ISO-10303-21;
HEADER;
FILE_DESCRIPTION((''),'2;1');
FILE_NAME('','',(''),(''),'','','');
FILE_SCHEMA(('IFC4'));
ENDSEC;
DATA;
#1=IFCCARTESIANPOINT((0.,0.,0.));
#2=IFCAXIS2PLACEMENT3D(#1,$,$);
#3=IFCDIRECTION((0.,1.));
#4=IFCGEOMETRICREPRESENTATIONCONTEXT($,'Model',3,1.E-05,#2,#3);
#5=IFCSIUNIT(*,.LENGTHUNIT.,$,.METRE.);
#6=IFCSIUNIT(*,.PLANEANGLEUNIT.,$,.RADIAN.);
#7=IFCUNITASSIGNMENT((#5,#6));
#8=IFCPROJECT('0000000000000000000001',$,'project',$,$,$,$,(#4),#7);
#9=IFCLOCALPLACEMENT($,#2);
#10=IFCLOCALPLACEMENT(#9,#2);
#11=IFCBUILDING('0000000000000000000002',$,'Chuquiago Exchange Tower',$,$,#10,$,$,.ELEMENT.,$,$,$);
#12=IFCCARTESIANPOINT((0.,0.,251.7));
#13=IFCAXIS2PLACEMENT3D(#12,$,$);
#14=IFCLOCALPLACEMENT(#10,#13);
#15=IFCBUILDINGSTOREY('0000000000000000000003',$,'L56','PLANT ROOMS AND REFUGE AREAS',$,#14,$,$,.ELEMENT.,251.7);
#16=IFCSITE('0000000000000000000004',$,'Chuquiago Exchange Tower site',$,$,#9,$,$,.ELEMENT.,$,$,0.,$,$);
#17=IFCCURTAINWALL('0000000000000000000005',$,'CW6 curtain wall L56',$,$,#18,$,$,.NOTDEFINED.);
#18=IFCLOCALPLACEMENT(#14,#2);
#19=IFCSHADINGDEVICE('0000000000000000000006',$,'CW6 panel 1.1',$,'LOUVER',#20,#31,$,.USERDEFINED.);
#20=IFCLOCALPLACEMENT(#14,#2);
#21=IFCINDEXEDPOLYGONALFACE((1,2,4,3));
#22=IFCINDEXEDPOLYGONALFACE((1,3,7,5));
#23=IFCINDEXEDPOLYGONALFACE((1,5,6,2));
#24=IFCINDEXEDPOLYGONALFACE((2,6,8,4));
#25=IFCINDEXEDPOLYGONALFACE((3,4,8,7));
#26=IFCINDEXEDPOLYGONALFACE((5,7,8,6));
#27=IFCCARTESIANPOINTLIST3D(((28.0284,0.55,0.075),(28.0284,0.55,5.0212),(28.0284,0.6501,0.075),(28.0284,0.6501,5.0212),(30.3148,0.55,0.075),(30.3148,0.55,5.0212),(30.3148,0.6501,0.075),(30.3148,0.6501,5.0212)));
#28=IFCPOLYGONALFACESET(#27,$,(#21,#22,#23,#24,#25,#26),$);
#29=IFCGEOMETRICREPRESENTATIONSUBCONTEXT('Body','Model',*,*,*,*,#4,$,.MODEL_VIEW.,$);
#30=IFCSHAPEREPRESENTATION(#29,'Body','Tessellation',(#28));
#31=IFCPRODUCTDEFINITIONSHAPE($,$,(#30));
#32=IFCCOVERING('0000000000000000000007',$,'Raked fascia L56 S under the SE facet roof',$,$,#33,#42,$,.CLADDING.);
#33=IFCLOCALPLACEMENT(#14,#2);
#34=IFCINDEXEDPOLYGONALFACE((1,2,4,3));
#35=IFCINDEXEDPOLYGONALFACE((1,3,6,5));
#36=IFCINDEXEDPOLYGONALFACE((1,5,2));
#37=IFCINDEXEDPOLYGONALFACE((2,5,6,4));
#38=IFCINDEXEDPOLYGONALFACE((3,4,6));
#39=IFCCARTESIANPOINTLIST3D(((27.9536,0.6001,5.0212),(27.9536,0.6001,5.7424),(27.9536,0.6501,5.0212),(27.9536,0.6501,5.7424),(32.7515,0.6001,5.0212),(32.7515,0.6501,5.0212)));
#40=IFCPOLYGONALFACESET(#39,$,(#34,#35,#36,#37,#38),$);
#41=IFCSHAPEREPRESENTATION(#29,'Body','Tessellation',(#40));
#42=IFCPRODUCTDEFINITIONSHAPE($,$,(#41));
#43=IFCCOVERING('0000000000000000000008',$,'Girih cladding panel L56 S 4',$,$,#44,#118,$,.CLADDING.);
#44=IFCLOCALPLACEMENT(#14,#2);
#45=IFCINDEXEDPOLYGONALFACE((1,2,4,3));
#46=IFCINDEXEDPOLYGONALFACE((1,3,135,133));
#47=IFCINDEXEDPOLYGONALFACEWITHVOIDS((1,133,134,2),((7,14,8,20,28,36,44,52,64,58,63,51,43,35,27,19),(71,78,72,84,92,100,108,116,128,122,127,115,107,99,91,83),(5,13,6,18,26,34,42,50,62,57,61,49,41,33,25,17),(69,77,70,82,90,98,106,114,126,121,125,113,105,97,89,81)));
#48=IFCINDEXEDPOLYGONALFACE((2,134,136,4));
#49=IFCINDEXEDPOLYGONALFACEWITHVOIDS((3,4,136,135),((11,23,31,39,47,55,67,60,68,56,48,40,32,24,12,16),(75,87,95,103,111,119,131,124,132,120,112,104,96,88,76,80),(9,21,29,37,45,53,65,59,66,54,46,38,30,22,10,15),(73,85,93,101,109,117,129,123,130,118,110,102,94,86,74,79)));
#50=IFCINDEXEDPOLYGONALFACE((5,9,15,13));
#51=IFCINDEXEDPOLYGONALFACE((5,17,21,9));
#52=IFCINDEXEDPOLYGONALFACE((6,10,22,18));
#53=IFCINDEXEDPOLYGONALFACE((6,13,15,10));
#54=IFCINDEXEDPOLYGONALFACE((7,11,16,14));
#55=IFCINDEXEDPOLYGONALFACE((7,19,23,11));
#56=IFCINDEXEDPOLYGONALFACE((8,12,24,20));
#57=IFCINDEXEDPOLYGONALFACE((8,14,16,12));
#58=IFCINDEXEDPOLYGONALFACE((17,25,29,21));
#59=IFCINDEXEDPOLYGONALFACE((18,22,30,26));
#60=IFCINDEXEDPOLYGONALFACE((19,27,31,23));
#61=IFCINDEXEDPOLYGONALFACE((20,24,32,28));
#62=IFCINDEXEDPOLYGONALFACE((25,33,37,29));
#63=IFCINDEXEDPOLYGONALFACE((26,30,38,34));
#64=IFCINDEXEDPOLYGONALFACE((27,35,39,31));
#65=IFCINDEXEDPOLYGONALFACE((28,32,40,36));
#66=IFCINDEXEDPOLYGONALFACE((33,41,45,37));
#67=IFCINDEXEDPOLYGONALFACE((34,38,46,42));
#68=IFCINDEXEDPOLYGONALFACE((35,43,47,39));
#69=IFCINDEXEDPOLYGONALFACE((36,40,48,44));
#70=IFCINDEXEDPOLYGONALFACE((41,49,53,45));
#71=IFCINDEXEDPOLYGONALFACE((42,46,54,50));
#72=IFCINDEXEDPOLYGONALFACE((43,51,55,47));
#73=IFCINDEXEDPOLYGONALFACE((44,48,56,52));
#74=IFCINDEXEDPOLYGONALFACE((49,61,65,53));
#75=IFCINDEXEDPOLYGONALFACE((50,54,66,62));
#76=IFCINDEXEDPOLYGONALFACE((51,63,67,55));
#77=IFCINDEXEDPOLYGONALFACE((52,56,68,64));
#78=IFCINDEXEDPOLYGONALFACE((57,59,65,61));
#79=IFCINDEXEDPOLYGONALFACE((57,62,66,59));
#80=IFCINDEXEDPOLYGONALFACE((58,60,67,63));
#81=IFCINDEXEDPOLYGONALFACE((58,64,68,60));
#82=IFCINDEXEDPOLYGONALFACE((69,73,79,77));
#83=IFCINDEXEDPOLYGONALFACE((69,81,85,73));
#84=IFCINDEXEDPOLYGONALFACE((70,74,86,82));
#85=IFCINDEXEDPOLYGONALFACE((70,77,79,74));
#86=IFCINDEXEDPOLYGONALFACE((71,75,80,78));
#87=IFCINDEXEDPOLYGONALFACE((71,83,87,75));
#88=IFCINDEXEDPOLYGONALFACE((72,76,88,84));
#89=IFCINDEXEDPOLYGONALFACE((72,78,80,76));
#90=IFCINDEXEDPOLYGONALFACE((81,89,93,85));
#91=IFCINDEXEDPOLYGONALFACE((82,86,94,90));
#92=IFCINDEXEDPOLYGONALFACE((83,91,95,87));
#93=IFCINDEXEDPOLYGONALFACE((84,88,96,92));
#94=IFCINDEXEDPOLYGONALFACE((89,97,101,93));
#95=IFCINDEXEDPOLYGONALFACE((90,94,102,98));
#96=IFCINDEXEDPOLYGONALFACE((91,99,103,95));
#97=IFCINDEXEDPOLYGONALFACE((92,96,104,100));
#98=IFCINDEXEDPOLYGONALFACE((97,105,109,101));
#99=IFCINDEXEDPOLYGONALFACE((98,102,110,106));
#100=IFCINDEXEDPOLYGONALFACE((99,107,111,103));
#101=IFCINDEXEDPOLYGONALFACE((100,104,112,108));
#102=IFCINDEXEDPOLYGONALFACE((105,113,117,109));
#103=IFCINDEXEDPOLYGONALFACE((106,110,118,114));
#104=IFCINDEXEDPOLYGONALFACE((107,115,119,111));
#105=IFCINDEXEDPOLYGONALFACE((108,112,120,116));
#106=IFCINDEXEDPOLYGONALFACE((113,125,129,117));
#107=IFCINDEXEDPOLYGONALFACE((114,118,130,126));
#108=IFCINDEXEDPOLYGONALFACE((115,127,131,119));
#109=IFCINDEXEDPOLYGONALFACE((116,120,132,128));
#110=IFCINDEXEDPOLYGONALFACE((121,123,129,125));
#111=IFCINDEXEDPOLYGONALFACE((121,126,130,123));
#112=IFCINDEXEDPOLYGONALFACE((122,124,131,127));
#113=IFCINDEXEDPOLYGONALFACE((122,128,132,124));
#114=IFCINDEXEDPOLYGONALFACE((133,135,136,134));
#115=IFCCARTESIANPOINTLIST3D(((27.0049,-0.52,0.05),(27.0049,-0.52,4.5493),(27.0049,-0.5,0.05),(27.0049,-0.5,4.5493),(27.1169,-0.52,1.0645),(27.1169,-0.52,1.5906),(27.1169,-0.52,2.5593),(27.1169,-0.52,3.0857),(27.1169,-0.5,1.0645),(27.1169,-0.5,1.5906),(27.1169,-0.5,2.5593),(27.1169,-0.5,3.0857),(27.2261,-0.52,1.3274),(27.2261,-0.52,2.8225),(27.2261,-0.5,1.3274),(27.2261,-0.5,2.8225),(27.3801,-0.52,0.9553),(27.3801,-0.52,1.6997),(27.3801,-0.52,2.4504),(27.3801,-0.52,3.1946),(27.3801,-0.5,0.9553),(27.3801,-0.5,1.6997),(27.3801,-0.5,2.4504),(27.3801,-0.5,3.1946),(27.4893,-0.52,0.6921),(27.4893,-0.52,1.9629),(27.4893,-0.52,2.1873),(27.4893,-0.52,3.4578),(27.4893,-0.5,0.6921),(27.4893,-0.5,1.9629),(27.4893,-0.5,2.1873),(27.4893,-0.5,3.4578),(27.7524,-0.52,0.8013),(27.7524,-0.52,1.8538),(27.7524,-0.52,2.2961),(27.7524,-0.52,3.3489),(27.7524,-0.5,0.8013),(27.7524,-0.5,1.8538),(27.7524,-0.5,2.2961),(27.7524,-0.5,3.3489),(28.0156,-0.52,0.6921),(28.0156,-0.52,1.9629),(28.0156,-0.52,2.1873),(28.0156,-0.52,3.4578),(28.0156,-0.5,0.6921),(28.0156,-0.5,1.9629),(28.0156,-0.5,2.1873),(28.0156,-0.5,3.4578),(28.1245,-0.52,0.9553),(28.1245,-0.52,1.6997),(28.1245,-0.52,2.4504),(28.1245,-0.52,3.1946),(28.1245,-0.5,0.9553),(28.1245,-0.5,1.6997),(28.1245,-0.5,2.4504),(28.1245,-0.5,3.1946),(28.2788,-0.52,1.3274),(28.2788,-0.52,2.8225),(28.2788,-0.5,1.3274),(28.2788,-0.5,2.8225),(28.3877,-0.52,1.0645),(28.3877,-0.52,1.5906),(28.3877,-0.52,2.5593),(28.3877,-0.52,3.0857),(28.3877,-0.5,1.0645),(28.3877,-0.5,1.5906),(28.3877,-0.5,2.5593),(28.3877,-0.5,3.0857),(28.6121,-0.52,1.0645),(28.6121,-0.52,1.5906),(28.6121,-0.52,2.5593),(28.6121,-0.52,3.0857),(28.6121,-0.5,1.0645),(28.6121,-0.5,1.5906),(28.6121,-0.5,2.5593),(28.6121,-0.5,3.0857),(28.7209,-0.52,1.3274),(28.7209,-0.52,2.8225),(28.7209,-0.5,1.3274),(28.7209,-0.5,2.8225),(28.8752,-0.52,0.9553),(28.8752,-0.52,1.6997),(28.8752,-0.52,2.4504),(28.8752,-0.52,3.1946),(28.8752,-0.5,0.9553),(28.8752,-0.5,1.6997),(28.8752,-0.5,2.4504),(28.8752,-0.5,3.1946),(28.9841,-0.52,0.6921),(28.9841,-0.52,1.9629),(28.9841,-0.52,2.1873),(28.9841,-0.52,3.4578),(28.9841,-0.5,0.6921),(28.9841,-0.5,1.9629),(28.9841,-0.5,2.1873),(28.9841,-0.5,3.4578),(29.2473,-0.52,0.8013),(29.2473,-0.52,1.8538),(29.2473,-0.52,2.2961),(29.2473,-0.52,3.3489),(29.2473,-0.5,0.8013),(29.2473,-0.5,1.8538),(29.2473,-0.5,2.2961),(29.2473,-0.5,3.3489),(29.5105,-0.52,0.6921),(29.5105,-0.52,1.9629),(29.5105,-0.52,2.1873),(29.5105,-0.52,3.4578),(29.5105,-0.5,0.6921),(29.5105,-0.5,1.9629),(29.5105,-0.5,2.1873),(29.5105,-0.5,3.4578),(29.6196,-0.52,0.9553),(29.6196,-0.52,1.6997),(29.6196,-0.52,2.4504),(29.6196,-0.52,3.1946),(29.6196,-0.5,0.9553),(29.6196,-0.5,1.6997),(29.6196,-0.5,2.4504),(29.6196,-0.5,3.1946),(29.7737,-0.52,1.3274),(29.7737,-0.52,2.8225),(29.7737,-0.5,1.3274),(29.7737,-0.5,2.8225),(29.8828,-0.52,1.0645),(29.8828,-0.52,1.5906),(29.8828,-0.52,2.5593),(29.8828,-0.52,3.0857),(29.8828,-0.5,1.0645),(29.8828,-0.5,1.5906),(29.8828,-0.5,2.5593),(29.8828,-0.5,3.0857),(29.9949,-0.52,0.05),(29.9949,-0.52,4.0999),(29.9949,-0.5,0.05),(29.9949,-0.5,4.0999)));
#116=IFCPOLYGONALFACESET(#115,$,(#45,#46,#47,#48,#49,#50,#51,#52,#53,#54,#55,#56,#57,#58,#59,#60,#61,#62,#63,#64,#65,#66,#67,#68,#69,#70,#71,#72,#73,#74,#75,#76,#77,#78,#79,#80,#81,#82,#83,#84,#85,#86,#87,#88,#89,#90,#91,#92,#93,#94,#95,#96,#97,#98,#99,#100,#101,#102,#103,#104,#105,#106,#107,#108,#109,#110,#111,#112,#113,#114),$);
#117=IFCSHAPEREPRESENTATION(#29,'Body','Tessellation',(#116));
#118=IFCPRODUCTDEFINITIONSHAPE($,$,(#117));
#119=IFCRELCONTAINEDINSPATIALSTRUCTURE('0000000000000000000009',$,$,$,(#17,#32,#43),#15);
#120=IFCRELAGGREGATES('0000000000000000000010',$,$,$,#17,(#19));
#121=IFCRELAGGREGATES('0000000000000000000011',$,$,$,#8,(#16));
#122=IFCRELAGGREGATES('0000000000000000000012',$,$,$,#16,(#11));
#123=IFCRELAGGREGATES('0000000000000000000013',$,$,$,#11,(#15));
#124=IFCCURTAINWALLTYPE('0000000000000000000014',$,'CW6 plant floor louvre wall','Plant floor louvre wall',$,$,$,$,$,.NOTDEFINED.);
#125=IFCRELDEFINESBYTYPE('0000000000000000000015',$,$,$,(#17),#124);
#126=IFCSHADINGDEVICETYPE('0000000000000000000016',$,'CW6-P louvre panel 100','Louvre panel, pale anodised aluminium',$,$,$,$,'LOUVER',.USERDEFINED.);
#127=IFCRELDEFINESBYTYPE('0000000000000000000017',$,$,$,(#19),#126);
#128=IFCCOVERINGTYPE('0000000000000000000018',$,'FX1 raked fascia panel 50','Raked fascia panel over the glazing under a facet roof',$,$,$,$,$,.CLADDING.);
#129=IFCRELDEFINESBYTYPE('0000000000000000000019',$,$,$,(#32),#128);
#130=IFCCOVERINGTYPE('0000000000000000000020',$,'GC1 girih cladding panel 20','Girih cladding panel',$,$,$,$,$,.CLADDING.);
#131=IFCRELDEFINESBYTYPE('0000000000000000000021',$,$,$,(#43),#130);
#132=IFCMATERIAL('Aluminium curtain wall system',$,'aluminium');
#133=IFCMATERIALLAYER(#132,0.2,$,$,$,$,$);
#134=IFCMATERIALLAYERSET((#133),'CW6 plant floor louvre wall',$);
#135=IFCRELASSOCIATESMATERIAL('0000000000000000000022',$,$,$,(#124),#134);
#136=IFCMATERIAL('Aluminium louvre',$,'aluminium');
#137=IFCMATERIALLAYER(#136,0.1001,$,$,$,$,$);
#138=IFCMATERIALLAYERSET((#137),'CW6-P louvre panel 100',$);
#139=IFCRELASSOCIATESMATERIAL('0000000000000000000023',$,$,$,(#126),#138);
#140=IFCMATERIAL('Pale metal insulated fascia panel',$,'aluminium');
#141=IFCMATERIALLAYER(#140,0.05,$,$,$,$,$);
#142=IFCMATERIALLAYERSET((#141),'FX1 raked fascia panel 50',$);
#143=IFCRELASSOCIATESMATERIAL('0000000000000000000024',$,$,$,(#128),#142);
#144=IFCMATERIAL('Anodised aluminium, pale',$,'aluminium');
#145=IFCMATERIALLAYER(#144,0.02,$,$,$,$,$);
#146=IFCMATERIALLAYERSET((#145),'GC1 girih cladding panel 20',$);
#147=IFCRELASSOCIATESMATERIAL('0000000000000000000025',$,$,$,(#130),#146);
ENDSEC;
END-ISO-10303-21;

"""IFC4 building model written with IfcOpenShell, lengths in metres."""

from ifc_helpers import new_model, si_unit, direction, frame, origin, origin_2d, place, context, subcontext, project, spatial, polyline, rectangle, outline, extrude, material, layer, layer_set, type_object, element, aggregate, save


model = new_model("IFC4")

# Units and contexts
model_context = context("Model", 3, precision=1e-05, world=origin(), true_north=direction((0.0, 1.0)))
body_context = subcontext(model_context, "Body", "Model", "MODEL_VIEW")
ifc_project = project(units=[si_unit("LENGTHUNIT", "METRE"), si_unit("PLANEANGLEUNIT", "RADIAN")], contexts=[model_context])

# Site, building, storey
site_placement = place(None, origin())
site = spatial("IfcSite", under=ifc_project, at=site_placement, Name="Chuquiago Exchange Tower site", CompositionType="ELEMENT", RefElevation=0.0)
building_placement = place(site_placement, origin())
building = spatial("IfcBuilding", under=site, at=building_placement, Name="Chuquiago Exchange Tower", CompositionType="ELEMENT")
storey_placement = place(building_placement, frame((0.0, 0.0, 251.7)))
storey = spatial("IfcBuildingStorey", under=building, at=storey_placement, Name="L56", Description="PLANT ROOMS AND REFUGE AREAS", CompositionType="ELEMENT", Elevation=251.7)

# Shared definitions
ifc_material_1 = material(Name="Aluminium curtain wall system", Category="aluminium")
ifc_layer_1 = layer(ifc_material_1, 0.2)
ifc_layer_set_1 = layer_set([ifc_layer_1], Name="CW6 plant floor louvre wall")
curtain_wall_type = type_object("IfcCurtainWallType", Name="CW6 plant floor louvre wall", Description="Plant floor louvre wall", PredefinedType="NOTDEFINED", material=ifc_layer_set_1)

# Curtain wall
curtain_wall_1_placement = place(storey_placement, origin())
curtain_wall_1 = element("IfcCurtainWall", 1, at=curtain_wall_1_placement, inside=storey, type_object=curtain_wall_type, Name="CW6 curtain wall L56", PredefinedType="NOTDEFINED")

# Shading device
ifc_material_2 = material(Name="Aluminium louvre", Category="aluminium")
ifc_layer_2 = layer(ifc_material_2, 0.1001)
ifc_layer_set_2 = layer_set([ifc_layer_2], Name="CW6-P louvre panel 100")
shading_device_type = type_object("IfcShadingDeviceType", Name="CW6-P louvre panel 100", Description="Louvre panel, pale anodised aluminium", ElementType="LOUVER", PredefinedType="USERDEFINED", material=ifc_layer_set_2)
shading_device_placement = place(storey_placement, frame((29.1716, 0.6001, 0.075), z_axis=(0.0, 0.0, 1.0), x_axis=(1.0, 0.0, 0.0)))
shading_device = element("IfcShadingDevice", 2, at=shading_device_placement, type_object=shading_device_type, Name="CW6 panel 1.1", ObjectType="LOUVER", PredefinedType="USERDEFINED", context=body_context, shape_type="SweptSolid", body=[
    extrude(rectangle(XDim=2.2864, YDim=0.1001, at=origin_2d()), origin(), (0.0, 0.0, 1.0), 4.9463),
])
aggregate(curtain_wall_1, [shading_device])

# Coverings
ifc_material_3 = material(Name="Pale metal insulated fascia panel", Category="aluminium")
ifc_layer_3 = layer(ifc_material_3, 0.05)
ifc_layer_set_3 = layer_set([ifc_layer_3], Name="FX1 raked fascia panel 50")
covering_type_1 = type_object("IfcCoveringType", Name="FX1 raked fascia panel 50", Description="Raked fascia panel over the glazing under a facet roof", PredefinedType="CLADDING", material=ifc_layer_set_3)
covering_1_placement = place(storey_placement, frame((27.9536, 0.6001, 5.0212), z_axis=(0.0, -1.0, 0.0), x_axis=(1.0, 0.0, 0.0)))
element("IfcCovering", 3, at=covering_1_placement, inside=storey, type_object=covering_type_1, Name="Raked fascia L56 S under the SE facet roof", PredefinedType="CLADDING", context=body_context, shape_type="SweptSolid", body=[
    extrude(outline(polyline([(0.0, 0.0), (4.7979, 0.0), (0.0, 0.7212), (0.0, 0.0)])), origin(), (0.0, 0.0, -1.0), 0.05),
])
ifc_material_4 = material(Name="Anodised aluminium, pale", Category="aluminium")
ifc_layer_4 = layer(ifc_material_4, 0.02)
ifc_layer_set_4 = layer_set([ifc_layer_4], Name="GC1 girih cladding panel 20")
covering_type_2 = type_object("IfcCoveringType", Name="GC1 girih cladding panel 20", Description="Girih cladding panel", PredefinedType="CLADDING", material=ifc_layer_set_4)
covering_2_placement = place(storey_placement, frame((27.0049, -0.5, 0.05), z_axis=(0.0, 0.0, 1.0), x_axis=(1.0, 0.0, 0.0)))
element("IfcCovering", 4, at=covering_2_placement, inside=storey, type_object=covering_type_2, Name="Girih cladding panel L56 S 4", PredefinedType="CLADDING", context=body_context, shape_type="SweptSolid", body=[
    extrude(outline(polyline([(0.0, 0.0), (2.99, 0.0), (2.99, 4.0498), (0.0, 4.4993), (0.0, 0.0)]), holes=[polyline([(1.2739, 1.2773), (1.3828, 1.5405), (1.1196, 1.6497), (1.0107, 1.9128), (0.7476, 1.8037), (0.4844, 1.9128), (0.3752, 1.6497), (0.1121, 1.5405), (0.2212, 1.2773), (0.1121, 1.0144), (0.3752, 0.9053), (0.4844, 0.6421), (0.7476, 0.7512), (1.0107, 0.6421), (1.1196, 0.9053), (1.3828, 1.0144), (1.2739, 1.2773)]), polyline([(2.7688, 1.2773), (2.8779, 1.5405), (2.6147, 1.6497), (2.5056, 1.9128), (2.2424, 1.8037), (1.9792, 1.9128), (1.8704, 1.6497), (1.6072, 1.5405), (1.7161, 1.2773), (1.6072, 1.0144), (1.8704, 0.9053), (1.9792, 0.6421), (2.2424, 0.7512), (2.5056, 0.6421), (2.6147, 0.9053), (2.8779, 1.0144), (2.7688, 1.2773)]), polyline([(1.2739, 2.7725), (1.3828, 3.0356), (1.1196, 3.1445), (1.0107, 3.4077), (0.7476, 3.2988), (0.4844, 3.4077), (0.3752, 3.1445), (0.1121, 3.0356), (0.2212, 2.7725), (0.1121, 2.5093), (0.3752, 2.4004), (0.4844, 2.1372), (0.7476, 2.2461), (1.0107, 2.1372), (1.1196, 2.4004), (1.3828, 2.5093), (1.2739, 2.7725)]), polyline([(2.7688, 2.7725), (2.8779, 3.0356), (2.6147, 3.1445), (2.5056, 3.4077), (2.2424, 3.2988), (1.9792, 3.4077), (1.8704, 3.1445), (1.6072, 3.0356), (1.7161, 2.7725), (1.6072, 2.5093), (1.8704, 2.4004), (1.9792, 2.1372), (2.2424, 2.2461), (2.5056, 2.1372), (2.6147, 2.4004), (2.8779, 2.5093), (2.7688, 2.7725)])]), frame((0.0, 0.0, 0.0), z_axis=(0.0, -1.0, 0.0), x_axis=(1.0, 0.0, 0.0)), (0.0, 0.0, 1.0), 0.02),
])

save(model, "model.ifc")
